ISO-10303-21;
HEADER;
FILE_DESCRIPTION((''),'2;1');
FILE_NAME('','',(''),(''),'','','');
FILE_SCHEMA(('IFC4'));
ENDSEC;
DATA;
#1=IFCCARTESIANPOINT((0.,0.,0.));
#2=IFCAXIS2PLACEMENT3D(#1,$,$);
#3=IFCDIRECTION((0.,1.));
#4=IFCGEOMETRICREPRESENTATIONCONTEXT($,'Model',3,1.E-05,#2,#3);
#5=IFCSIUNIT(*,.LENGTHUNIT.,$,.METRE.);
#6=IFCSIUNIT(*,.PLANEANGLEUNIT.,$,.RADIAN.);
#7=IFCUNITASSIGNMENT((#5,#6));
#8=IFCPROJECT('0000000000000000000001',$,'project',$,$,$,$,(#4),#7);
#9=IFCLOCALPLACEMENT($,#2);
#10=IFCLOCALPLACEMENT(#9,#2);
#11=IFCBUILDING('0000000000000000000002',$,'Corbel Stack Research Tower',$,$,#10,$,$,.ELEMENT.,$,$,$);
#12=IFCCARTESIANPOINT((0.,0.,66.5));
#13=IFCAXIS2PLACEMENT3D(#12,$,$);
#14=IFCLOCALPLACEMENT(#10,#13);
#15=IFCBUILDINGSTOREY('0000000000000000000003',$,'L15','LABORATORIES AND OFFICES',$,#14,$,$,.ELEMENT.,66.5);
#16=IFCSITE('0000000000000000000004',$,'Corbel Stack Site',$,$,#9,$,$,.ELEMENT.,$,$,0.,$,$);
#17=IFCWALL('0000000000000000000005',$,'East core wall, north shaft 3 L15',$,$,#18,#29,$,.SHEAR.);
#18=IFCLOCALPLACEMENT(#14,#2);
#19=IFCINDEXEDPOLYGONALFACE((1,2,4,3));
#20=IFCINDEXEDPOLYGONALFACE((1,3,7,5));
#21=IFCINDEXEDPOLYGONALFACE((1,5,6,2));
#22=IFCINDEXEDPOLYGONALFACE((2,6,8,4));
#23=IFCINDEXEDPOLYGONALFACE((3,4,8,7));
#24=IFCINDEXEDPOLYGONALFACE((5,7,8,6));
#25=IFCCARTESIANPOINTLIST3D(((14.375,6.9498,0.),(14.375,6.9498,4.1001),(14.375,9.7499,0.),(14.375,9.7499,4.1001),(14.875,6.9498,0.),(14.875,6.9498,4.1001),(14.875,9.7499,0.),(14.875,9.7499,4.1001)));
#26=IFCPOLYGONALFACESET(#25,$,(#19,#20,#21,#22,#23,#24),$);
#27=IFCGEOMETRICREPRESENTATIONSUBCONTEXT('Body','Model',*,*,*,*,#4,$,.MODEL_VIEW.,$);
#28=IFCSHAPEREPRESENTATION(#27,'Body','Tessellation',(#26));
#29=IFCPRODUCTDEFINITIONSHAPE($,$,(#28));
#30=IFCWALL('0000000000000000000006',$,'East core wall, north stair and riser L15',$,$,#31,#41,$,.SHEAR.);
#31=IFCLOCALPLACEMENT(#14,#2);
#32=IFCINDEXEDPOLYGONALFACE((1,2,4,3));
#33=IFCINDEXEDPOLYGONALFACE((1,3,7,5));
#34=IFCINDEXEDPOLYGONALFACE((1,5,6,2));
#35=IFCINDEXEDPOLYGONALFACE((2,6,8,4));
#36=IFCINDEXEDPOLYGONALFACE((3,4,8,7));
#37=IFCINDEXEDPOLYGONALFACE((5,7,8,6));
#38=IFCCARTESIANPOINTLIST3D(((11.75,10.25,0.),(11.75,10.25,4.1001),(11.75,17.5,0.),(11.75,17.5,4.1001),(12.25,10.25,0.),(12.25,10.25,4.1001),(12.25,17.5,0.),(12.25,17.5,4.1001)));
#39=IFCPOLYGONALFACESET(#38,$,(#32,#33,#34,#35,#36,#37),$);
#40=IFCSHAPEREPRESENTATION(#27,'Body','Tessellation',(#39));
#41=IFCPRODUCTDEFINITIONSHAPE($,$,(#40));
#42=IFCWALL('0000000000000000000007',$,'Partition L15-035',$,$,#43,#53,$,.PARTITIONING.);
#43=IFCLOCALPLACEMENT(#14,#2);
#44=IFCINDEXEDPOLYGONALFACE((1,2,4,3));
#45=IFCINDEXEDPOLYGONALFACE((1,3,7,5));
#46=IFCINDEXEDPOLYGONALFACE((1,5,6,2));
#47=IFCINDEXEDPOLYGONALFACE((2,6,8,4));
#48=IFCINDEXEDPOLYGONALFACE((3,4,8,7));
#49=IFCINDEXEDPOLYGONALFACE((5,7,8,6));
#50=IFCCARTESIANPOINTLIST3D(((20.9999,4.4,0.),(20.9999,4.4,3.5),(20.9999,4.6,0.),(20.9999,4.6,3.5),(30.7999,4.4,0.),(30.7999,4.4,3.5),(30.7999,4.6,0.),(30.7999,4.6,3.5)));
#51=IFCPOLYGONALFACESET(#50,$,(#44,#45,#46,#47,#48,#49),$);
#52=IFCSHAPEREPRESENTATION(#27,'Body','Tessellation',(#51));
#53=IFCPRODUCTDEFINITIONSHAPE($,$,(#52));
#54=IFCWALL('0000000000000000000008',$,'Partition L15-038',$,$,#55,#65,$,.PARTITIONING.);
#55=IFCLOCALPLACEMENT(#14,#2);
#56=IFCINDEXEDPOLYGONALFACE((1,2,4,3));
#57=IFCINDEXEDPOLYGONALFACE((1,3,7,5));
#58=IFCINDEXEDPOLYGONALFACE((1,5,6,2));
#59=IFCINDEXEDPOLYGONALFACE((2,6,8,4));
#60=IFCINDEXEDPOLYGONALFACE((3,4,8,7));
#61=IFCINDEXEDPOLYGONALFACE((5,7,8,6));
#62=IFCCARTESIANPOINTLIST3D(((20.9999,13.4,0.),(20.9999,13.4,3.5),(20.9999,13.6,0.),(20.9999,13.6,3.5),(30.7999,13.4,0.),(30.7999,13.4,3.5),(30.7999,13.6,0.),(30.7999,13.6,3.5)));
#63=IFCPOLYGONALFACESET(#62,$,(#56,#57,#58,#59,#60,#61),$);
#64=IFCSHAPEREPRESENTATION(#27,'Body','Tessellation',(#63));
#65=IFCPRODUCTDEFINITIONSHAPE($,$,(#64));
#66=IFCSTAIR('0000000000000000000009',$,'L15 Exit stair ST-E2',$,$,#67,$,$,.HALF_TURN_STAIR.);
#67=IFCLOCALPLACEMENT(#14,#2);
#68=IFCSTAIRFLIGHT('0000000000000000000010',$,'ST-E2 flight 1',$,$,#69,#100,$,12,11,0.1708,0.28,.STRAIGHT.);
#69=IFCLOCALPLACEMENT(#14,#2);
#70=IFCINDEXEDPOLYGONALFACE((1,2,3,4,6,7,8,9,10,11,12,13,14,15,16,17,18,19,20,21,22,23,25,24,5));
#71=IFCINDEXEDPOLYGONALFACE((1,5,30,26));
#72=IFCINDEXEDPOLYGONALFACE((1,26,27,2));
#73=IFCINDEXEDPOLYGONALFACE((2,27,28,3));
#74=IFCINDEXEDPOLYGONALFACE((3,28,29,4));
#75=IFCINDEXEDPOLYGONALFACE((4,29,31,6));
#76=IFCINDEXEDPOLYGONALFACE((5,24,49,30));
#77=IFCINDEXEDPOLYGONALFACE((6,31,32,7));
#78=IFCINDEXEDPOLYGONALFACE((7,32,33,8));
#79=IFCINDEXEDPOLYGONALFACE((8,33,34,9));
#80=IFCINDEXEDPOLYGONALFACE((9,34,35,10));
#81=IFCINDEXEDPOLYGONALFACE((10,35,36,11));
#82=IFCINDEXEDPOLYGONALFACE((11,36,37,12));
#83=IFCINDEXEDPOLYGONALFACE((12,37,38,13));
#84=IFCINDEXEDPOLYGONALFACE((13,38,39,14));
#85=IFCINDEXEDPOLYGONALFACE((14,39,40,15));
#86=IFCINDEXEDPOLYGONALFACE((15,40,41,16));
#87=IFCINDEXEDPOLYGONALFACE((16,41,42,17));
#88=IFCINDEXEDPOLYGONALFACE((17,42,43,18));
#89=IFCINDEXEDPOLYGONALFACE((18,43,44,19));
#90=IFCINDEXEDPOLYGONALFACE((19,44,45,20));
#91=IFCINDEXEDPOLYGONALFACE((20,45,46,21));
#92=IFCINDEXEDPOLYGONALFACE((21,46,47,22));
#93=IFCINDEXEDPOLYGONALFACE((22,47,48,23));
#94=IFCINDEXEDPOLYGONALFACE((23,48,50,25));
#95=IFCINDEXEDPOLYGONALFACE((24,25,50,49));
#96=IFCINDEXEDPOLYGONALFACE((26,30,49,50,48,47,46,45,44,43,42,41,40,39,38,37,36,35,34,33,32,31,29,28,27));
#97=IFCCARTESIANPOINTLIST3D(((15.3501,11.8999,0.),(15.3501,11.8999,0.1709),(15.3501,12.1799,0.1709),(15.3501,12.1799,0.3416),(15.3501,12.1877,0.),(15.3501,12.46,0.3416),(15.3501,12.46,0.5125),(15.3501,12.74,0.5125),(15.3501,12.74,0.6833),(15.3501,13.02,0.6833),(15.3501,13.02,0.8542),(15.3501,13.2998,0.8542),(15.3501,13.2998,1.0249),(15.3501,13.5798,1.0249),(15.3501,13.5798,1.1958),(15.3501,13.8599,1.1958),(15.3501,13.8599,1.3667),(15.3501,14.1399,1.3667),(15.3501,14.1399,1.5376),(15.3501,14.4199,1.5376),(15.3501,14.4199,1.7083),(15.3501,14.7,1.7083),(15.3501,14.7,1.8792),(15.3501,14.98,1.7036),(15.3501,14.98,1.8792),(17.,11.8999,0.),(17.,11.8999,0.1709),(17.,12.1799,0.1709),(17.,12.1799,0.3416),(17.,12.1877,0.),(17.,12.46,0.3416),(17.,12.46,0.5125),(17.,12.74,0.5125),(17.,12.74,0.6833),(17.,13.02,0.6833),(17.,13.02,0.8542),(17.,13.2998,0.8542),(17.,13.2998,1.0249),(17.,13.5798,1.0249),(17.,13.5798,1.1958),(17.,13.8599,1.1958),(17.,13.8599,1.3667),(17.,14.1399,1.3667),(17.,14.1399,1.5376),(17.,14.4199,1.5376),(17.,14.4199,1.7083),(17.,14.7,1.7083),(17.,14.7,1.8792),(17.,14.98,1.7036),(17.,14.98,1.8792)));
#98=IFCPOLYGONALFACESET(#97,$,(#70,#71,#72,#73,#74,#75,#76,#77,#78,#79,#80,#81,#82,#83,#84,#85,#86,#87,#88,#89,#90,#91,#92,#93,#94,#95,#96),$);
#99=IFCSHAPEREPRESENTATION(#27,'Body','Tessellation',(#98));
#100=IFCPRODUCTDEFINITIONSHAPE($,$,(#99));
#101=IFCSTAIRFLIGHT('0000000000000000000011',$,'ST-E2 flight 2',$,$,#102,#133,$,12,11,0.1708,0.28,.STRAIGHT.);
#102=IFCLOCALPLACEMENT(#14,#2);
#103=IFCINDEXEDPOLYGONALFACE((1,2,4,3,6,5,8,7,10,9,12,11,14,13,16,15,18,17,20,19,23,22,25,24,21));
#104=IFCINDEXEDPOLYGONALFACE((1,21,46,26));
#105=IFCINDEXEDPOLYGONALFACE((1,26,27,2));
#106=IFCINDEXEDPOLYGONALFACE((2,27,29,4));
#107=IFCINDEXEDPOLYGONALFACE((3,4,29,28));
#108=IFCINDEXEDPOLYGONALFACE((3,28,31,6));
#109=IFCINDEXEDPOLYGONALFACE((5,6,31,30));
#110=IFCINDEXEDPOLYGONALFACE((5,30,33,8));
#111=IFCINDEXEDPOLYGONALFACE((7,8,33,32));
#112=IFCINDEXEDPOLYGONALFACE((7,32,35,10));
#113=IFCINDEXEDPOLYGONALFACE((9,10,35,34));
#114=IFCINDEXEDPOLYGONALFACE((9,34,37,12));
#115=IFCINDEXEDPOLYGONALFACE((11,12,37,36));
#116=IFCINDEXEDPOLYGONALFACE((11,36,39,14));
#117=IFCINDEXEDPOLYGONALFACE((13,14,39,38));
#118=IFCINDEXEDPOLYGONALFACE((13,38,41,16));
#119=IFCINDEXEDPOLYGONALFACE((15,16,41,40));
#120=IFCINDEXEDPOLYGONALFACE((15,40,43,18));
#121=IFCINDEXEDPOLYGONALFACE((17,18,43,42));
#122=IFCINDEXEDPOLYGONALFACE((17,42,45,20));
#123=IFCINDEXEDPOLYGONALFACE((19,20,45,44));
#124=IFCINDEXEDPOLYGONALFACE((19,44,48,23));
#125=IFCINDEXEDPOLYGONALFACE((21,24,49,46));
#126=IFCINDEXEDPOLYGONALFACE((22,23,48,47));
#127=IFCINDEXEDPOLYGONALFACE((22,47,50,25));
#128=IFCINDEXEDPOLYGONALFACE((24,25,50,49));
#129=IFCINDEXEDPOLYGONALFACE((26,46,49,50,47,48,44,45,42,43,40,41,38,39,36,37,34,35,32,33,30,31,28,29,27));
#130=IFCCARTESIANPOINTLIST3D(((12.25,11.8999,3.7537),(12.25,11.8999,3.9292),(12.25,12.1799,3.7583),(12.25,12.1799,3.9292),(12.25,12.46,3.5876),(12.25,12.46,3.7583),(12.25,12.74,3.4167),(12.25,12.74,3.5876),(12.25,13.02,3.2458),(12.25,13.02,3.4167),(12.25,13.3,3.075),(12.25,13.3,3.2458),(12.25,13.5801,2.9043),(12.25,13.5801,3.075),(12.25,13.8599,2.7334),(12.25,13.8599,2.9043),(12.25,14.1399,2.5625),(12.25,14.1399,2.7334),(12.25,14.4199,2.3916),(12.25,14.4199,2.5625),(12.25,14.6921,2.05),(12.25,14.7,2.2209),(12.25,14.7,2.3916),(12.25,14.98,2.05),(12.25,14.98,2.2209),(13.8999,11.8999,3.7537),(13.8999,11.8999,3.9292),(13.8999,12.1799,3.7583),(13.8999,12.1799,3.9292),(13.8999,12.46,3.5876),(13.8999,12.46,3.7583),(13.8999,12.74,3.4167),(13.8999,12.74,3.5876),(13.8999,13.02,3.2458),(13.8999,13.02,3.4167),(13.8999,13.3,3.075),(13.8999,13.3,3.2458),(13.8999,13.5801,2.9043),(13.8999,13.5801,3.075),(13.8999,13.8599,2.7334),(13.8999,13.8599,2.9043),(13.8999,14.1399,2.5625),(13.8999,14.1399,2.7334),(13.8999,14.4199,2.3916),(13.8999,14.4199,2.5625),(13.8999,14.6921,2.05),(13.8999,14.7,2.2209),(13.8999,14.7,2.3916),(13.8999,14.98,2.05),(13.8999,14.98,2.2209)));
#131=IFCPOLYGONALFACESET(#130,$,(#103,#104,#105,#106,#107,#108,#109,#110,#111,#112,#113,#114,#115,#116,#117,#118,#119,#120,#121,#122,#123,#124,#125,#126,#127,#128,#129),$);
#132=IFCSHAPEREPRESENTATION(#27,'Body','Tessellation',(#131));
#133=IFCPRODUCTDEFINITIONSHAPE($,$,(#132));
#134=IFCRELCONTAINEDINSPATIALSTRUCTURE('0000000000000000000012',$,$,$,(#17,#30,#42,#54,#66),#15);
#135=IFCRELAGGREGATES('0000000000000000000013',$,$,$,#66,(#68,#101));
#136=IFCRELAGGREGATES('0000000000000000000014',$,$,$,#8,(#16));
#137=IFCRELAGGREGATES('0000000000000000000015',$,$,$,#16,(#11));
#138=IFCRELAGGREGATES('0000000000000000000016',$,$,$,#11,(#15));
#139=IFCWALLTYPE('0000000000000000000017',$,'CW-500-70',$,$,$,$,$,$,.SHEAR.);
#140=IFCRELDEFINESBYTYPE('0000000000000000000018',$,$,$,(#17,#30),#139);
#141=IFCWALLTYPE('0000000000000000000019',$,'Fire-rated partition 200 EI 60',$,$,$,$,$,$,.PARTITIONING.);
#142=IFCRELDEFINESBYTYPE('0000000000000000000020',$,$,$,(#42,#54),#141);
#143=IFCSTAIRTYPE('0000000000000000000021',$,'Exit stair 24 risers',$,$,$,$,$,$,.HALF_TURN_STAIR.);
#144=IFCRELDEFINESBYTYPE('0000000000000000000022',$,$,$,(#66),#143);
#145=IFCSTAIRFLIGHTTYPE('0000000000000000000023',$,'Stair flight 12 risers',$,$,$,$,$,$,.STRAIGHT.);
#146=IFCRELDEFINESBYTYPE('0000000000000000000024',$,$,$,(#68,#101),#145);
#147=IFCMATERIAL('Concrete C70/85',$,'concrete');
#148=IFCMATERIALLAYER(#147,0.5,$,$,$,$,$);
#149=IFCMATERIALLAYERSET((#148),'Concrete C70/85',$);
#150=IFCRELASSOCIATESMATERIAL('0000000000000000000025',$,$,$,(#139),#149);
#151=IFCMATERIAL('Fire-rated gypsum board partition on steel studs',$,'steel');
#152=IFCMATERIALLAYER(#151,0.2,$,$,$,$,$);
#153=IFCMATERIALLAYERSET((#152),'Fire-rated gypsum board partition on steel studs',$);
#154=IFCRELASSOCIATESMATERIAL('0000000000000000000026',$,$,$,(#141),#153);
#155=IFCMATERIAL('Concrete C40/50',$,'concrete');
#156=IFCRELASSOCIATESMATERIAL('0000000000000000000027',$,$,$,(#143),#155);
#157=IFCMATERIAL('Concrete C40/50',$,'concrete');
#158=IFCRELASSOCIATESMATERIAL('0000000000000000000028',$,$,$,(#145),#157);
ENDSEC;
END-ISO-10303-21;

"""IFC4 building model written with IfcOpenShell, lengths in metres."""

from ifc_helpers import new_model, si_unit, direction, frame, frame_2d, origin, place, context, subcontext, project, spatial, polyline, rectangle, outline, extrude, material, layer, layer_set, type_object, element, aggregate, save


model = new_model("IFC4")

# Units and contexts
model_context = context("Model", 3, precision=1e-05, world=origin(), true_north=direction((0.0, 1.0)))
body_context = subcontext(model_context, "Body", "Model", "MODEL_VIEW")
ifc_project = project(units=[si_unit("LENGTHUNIT", "METRE"), si_unit("PLANEANGLEUNIT", "RADIAN")], contexts=[model_context])

# Site, building, storey
site_placement = place(None, origin())
site = spatial("IfcSite", under=ifc_project, at=site_placement, Name="Corbel Stack Site", CompositionType="ELEMENT", RefElevation=0.0)
building_placement = place(site_placement, origin())
building = spatial("IfcBuilding", under=site, at=building_placement, Name="Corbel Stack Research Tower", CompositionType="ELEMENT")
storey_placement = place(building_placement, frame((0.0, 0.0, 66.5)))
storey = spatial("IfcBuildingStorey", under=building, at=storey_placement, Name="L15", Description="LABORATORIES AND OFFICES", CompositionType="ELEMENT", Elevation=66.5)

# Walls
ifc_material_1 = material(Name="Concrete C70/85", Category="concrete")
ifc_layer_1 = layer(ifc_material_1, 0.5)
ifc_layer_set_1 = layer_set([ifc_layer_1], Name="Concrete C70/85")
wall_type_1 = type_object("IfcWallType", Name="CW-500-70", PredefinedType="SHEAR", material=ifc_layer_set_1)
wall_1_placement = place(storey_placement, frame((14.625, 6.95, 0.0), z_axis=(0.0, 0.0, 1.0), x_axis=(0.0, 1.0, 0.0)))
element("IfcWall", 1, at=wall_1_placement, inside=storey, type_object=wall_type_1, Name="East core wall, north shaft 3 L15", PredefinedType="SHEAR", context=body_context, shape_type="SweptSolid", body=[
    extrude(rectangle(XDim=2.8, YDim=0.5, at=frame_2d((1.3999, 0.0))), origin(), (0.0, 0.0, 1.0), 4.1001),
])
wall_2_placement = place(storey_placement, frame((12.0, 10.25, 0.0), z_axis=(0.0, 0.0, 1.0), x_axis=(0.0, 1.0, 0.0)))
element("IfcWall", 2, at=wall_2_placement, inside=storey, type_object=wall_type_1, Name="East core wall, north stair and riser L15", PredefinedType="SHEAR", context=body_context, shape_type="SweptSolid", body=[
    extrude(rectangle(XDim=7.25, YDim=0.5, at=frame_2d((3.625, 0.0))), origin(), (0.0, 0.0, 1.0), 4.1001),
])
ifc_material_2 = material(Name="Fire-rated gypsum board partition on steel studs", Category="steel")
ifc_layer_2 = layer(ifc_material_2, 0.2)
ifc_layer_set_2 = layer_set([ifc_layer_2], Name="Fire-rated gypsum board partition on steel studs")
wall_type_2 = type_object("IfcWallType", Name="Fire-rated partition 200 EI 60", PredefinedType="PARTITIONING", material=ifc_layer_set_2)
for number, where, z_axis, x_axis, name in (
    (3, (21.0, 4.5, 0.0), (0.0, 0.0, 1.0), (1.0, 0.0, 0.0), "Partition L15-035"),
    (4, (21.0, 13.5, 0.0), (0.0, 0.0, 1.0), (1.0, 0.0, 0.0), "Partition L15-038"),
):
    element("IfcWall", number, at=place(storey_placement, frame(where, z_axis=z_axis, x_axis=x_axis)), inside=storey, type_object=wall_type_2, Name=name, PredefinedType="PARTITIONING", context=body_context, shape_type="SweptSolid", body=[
        extrude(rectangle(XDim=9.8, YDim=0.2, at=frame_2d((4.8999, 0.0))), origin(), (0.0, 0.0, 1.0), 3.5),
    ])

# Stair, stair flights
ifc_material_3 = material(Name="Concrete C40/50", Category="concrete")
stair_type = type_object("IfcStairType", Name="Exit stair 24 risers", PredefinedType="HALF_TURN_STAIR", material=ifc_material_3)
stair_placement = place(storey_placement, origin())
stair = element("IfcStair", 5, at=stair_placement, inside=storey, type_object=stair_type, Name="L15 Exit stair ST-E2", PredefinedType="HALF_TURN_STAIR")
ifc_material_4 = material(Name="Concrete C40/50", Category="concrete")
stair_flight_type = type_object("IfcStairFlightType", Name="Stair flight 12 risers", PredefinedType="STRAIGHT", material=ifc_material_4)
stair_flight_1_placement = place(storey_placement, frame((16.175, 11.8999, 0.0), z_axis=(0.0, 0.0, 1.0), x_axis=(0.0, 1.0, 0.0)))
stair_flight_1 = element("IfcStairFlight", 6, at=stair_flight_1_placement, type_object=stair_flight_type, Name="ST-E2 flight 1", NumberOfRisers=12, NumberOfTreads=11, PredefinedType="STRAIGHT", RiserHeight=0.1708, TreadLength=0.28, context=body_context, shape_type="SweptSolid", body=[
    extrude(outline(polyline([(0.0, 0.0), (0.0, 0.1709), (0.28, 0.1709), (0.28, 0.3416), (0.5601, 0.3416), (0.5601, 0.5125), (0.8401, 0.5125), (0.8401, 0.6833), (1.1201, 0.6833), (1.1201, 0.8542), (1.3999, 0.8542), (1.3999, 1.0249), (1.6799, 1.0249), (1.6799, 1.1958), (1.96, 1.1958), (1.96, 1.3667), (2.24, 1.3667), (2.24, 1.5376), (2.52, 1.5376), (2.52, 1.7083), (2.8, 1.7083), (2.8, 1.8792), (3.0801, 1.8792), (3.0801, 2.05), (3.0801, 1.7036), (0.2878, 0.0), (0.0, 0.0)])), frame((0.0, 0.825, 0.0), z_axis=(0.0, -1.0, 0.0), x_axis=(1.0, 0.0, 0.0)), (0.0, 0.0, 1.0), 1.6499),
])
stair_flight_2_placement = place(storey_placement, frame((13.075, 14.98, 2.05), z_axis=(0.0, 0.0, 1.0), x_axis=(0.0, -1.0, 0.0)))
stair_flight_2 = element("IfcStairFlight", 7, at=stair_flight_2_placement, type_object=stair_flight_type, Name="ST-E2 flight 2", NumberOfRisers=12, NumberOfTreads=11, PredefinedType="STRAIGHT", RiserHeight=0.1708, TreadLength=0.28, context=body_context, shape_type="SweptSolid", body=[
    extrude(outline(polyline([(0.0, 0.0), (0.0, 0.1709), (0.28, 0.1709), (0.28, 0.3416), (0.5601, 0.3416), (0.5601, 0.5125), (0.8401, 0.5125), (0.8401, 0.6833), (1.1201, 0.6833), (1.1201, 0.8542), (1.3999, 0.8542), (1.3999, 1.0249), (1.6799, 1.0249), (1.6799, 1.1958), (1.96, 1.1958), (1.96, 1.3667), (2.24, 1.3667), (2.24, 1.5376), (2.52, 1.5376), (2.52, 1.7083), (2.8, 1.7083), (2.8, 1.8792), (3.0801, 1.8792), (3.0801, 2.05), (3.0801, 1.7036), (0.2878, 0.0), (0.0, 0.0)])), frame((0.0, 0.825, 0.0), z_axis=(0.0, -1.0, 0.0), x_axis=(1.0, 0.0, 0.0)), (0.0, 0.0, 1.0), 1.6499),
])
aggregate(stair, [stair_flight_1, stair_flight_2])

save(model, "model.ifc")
